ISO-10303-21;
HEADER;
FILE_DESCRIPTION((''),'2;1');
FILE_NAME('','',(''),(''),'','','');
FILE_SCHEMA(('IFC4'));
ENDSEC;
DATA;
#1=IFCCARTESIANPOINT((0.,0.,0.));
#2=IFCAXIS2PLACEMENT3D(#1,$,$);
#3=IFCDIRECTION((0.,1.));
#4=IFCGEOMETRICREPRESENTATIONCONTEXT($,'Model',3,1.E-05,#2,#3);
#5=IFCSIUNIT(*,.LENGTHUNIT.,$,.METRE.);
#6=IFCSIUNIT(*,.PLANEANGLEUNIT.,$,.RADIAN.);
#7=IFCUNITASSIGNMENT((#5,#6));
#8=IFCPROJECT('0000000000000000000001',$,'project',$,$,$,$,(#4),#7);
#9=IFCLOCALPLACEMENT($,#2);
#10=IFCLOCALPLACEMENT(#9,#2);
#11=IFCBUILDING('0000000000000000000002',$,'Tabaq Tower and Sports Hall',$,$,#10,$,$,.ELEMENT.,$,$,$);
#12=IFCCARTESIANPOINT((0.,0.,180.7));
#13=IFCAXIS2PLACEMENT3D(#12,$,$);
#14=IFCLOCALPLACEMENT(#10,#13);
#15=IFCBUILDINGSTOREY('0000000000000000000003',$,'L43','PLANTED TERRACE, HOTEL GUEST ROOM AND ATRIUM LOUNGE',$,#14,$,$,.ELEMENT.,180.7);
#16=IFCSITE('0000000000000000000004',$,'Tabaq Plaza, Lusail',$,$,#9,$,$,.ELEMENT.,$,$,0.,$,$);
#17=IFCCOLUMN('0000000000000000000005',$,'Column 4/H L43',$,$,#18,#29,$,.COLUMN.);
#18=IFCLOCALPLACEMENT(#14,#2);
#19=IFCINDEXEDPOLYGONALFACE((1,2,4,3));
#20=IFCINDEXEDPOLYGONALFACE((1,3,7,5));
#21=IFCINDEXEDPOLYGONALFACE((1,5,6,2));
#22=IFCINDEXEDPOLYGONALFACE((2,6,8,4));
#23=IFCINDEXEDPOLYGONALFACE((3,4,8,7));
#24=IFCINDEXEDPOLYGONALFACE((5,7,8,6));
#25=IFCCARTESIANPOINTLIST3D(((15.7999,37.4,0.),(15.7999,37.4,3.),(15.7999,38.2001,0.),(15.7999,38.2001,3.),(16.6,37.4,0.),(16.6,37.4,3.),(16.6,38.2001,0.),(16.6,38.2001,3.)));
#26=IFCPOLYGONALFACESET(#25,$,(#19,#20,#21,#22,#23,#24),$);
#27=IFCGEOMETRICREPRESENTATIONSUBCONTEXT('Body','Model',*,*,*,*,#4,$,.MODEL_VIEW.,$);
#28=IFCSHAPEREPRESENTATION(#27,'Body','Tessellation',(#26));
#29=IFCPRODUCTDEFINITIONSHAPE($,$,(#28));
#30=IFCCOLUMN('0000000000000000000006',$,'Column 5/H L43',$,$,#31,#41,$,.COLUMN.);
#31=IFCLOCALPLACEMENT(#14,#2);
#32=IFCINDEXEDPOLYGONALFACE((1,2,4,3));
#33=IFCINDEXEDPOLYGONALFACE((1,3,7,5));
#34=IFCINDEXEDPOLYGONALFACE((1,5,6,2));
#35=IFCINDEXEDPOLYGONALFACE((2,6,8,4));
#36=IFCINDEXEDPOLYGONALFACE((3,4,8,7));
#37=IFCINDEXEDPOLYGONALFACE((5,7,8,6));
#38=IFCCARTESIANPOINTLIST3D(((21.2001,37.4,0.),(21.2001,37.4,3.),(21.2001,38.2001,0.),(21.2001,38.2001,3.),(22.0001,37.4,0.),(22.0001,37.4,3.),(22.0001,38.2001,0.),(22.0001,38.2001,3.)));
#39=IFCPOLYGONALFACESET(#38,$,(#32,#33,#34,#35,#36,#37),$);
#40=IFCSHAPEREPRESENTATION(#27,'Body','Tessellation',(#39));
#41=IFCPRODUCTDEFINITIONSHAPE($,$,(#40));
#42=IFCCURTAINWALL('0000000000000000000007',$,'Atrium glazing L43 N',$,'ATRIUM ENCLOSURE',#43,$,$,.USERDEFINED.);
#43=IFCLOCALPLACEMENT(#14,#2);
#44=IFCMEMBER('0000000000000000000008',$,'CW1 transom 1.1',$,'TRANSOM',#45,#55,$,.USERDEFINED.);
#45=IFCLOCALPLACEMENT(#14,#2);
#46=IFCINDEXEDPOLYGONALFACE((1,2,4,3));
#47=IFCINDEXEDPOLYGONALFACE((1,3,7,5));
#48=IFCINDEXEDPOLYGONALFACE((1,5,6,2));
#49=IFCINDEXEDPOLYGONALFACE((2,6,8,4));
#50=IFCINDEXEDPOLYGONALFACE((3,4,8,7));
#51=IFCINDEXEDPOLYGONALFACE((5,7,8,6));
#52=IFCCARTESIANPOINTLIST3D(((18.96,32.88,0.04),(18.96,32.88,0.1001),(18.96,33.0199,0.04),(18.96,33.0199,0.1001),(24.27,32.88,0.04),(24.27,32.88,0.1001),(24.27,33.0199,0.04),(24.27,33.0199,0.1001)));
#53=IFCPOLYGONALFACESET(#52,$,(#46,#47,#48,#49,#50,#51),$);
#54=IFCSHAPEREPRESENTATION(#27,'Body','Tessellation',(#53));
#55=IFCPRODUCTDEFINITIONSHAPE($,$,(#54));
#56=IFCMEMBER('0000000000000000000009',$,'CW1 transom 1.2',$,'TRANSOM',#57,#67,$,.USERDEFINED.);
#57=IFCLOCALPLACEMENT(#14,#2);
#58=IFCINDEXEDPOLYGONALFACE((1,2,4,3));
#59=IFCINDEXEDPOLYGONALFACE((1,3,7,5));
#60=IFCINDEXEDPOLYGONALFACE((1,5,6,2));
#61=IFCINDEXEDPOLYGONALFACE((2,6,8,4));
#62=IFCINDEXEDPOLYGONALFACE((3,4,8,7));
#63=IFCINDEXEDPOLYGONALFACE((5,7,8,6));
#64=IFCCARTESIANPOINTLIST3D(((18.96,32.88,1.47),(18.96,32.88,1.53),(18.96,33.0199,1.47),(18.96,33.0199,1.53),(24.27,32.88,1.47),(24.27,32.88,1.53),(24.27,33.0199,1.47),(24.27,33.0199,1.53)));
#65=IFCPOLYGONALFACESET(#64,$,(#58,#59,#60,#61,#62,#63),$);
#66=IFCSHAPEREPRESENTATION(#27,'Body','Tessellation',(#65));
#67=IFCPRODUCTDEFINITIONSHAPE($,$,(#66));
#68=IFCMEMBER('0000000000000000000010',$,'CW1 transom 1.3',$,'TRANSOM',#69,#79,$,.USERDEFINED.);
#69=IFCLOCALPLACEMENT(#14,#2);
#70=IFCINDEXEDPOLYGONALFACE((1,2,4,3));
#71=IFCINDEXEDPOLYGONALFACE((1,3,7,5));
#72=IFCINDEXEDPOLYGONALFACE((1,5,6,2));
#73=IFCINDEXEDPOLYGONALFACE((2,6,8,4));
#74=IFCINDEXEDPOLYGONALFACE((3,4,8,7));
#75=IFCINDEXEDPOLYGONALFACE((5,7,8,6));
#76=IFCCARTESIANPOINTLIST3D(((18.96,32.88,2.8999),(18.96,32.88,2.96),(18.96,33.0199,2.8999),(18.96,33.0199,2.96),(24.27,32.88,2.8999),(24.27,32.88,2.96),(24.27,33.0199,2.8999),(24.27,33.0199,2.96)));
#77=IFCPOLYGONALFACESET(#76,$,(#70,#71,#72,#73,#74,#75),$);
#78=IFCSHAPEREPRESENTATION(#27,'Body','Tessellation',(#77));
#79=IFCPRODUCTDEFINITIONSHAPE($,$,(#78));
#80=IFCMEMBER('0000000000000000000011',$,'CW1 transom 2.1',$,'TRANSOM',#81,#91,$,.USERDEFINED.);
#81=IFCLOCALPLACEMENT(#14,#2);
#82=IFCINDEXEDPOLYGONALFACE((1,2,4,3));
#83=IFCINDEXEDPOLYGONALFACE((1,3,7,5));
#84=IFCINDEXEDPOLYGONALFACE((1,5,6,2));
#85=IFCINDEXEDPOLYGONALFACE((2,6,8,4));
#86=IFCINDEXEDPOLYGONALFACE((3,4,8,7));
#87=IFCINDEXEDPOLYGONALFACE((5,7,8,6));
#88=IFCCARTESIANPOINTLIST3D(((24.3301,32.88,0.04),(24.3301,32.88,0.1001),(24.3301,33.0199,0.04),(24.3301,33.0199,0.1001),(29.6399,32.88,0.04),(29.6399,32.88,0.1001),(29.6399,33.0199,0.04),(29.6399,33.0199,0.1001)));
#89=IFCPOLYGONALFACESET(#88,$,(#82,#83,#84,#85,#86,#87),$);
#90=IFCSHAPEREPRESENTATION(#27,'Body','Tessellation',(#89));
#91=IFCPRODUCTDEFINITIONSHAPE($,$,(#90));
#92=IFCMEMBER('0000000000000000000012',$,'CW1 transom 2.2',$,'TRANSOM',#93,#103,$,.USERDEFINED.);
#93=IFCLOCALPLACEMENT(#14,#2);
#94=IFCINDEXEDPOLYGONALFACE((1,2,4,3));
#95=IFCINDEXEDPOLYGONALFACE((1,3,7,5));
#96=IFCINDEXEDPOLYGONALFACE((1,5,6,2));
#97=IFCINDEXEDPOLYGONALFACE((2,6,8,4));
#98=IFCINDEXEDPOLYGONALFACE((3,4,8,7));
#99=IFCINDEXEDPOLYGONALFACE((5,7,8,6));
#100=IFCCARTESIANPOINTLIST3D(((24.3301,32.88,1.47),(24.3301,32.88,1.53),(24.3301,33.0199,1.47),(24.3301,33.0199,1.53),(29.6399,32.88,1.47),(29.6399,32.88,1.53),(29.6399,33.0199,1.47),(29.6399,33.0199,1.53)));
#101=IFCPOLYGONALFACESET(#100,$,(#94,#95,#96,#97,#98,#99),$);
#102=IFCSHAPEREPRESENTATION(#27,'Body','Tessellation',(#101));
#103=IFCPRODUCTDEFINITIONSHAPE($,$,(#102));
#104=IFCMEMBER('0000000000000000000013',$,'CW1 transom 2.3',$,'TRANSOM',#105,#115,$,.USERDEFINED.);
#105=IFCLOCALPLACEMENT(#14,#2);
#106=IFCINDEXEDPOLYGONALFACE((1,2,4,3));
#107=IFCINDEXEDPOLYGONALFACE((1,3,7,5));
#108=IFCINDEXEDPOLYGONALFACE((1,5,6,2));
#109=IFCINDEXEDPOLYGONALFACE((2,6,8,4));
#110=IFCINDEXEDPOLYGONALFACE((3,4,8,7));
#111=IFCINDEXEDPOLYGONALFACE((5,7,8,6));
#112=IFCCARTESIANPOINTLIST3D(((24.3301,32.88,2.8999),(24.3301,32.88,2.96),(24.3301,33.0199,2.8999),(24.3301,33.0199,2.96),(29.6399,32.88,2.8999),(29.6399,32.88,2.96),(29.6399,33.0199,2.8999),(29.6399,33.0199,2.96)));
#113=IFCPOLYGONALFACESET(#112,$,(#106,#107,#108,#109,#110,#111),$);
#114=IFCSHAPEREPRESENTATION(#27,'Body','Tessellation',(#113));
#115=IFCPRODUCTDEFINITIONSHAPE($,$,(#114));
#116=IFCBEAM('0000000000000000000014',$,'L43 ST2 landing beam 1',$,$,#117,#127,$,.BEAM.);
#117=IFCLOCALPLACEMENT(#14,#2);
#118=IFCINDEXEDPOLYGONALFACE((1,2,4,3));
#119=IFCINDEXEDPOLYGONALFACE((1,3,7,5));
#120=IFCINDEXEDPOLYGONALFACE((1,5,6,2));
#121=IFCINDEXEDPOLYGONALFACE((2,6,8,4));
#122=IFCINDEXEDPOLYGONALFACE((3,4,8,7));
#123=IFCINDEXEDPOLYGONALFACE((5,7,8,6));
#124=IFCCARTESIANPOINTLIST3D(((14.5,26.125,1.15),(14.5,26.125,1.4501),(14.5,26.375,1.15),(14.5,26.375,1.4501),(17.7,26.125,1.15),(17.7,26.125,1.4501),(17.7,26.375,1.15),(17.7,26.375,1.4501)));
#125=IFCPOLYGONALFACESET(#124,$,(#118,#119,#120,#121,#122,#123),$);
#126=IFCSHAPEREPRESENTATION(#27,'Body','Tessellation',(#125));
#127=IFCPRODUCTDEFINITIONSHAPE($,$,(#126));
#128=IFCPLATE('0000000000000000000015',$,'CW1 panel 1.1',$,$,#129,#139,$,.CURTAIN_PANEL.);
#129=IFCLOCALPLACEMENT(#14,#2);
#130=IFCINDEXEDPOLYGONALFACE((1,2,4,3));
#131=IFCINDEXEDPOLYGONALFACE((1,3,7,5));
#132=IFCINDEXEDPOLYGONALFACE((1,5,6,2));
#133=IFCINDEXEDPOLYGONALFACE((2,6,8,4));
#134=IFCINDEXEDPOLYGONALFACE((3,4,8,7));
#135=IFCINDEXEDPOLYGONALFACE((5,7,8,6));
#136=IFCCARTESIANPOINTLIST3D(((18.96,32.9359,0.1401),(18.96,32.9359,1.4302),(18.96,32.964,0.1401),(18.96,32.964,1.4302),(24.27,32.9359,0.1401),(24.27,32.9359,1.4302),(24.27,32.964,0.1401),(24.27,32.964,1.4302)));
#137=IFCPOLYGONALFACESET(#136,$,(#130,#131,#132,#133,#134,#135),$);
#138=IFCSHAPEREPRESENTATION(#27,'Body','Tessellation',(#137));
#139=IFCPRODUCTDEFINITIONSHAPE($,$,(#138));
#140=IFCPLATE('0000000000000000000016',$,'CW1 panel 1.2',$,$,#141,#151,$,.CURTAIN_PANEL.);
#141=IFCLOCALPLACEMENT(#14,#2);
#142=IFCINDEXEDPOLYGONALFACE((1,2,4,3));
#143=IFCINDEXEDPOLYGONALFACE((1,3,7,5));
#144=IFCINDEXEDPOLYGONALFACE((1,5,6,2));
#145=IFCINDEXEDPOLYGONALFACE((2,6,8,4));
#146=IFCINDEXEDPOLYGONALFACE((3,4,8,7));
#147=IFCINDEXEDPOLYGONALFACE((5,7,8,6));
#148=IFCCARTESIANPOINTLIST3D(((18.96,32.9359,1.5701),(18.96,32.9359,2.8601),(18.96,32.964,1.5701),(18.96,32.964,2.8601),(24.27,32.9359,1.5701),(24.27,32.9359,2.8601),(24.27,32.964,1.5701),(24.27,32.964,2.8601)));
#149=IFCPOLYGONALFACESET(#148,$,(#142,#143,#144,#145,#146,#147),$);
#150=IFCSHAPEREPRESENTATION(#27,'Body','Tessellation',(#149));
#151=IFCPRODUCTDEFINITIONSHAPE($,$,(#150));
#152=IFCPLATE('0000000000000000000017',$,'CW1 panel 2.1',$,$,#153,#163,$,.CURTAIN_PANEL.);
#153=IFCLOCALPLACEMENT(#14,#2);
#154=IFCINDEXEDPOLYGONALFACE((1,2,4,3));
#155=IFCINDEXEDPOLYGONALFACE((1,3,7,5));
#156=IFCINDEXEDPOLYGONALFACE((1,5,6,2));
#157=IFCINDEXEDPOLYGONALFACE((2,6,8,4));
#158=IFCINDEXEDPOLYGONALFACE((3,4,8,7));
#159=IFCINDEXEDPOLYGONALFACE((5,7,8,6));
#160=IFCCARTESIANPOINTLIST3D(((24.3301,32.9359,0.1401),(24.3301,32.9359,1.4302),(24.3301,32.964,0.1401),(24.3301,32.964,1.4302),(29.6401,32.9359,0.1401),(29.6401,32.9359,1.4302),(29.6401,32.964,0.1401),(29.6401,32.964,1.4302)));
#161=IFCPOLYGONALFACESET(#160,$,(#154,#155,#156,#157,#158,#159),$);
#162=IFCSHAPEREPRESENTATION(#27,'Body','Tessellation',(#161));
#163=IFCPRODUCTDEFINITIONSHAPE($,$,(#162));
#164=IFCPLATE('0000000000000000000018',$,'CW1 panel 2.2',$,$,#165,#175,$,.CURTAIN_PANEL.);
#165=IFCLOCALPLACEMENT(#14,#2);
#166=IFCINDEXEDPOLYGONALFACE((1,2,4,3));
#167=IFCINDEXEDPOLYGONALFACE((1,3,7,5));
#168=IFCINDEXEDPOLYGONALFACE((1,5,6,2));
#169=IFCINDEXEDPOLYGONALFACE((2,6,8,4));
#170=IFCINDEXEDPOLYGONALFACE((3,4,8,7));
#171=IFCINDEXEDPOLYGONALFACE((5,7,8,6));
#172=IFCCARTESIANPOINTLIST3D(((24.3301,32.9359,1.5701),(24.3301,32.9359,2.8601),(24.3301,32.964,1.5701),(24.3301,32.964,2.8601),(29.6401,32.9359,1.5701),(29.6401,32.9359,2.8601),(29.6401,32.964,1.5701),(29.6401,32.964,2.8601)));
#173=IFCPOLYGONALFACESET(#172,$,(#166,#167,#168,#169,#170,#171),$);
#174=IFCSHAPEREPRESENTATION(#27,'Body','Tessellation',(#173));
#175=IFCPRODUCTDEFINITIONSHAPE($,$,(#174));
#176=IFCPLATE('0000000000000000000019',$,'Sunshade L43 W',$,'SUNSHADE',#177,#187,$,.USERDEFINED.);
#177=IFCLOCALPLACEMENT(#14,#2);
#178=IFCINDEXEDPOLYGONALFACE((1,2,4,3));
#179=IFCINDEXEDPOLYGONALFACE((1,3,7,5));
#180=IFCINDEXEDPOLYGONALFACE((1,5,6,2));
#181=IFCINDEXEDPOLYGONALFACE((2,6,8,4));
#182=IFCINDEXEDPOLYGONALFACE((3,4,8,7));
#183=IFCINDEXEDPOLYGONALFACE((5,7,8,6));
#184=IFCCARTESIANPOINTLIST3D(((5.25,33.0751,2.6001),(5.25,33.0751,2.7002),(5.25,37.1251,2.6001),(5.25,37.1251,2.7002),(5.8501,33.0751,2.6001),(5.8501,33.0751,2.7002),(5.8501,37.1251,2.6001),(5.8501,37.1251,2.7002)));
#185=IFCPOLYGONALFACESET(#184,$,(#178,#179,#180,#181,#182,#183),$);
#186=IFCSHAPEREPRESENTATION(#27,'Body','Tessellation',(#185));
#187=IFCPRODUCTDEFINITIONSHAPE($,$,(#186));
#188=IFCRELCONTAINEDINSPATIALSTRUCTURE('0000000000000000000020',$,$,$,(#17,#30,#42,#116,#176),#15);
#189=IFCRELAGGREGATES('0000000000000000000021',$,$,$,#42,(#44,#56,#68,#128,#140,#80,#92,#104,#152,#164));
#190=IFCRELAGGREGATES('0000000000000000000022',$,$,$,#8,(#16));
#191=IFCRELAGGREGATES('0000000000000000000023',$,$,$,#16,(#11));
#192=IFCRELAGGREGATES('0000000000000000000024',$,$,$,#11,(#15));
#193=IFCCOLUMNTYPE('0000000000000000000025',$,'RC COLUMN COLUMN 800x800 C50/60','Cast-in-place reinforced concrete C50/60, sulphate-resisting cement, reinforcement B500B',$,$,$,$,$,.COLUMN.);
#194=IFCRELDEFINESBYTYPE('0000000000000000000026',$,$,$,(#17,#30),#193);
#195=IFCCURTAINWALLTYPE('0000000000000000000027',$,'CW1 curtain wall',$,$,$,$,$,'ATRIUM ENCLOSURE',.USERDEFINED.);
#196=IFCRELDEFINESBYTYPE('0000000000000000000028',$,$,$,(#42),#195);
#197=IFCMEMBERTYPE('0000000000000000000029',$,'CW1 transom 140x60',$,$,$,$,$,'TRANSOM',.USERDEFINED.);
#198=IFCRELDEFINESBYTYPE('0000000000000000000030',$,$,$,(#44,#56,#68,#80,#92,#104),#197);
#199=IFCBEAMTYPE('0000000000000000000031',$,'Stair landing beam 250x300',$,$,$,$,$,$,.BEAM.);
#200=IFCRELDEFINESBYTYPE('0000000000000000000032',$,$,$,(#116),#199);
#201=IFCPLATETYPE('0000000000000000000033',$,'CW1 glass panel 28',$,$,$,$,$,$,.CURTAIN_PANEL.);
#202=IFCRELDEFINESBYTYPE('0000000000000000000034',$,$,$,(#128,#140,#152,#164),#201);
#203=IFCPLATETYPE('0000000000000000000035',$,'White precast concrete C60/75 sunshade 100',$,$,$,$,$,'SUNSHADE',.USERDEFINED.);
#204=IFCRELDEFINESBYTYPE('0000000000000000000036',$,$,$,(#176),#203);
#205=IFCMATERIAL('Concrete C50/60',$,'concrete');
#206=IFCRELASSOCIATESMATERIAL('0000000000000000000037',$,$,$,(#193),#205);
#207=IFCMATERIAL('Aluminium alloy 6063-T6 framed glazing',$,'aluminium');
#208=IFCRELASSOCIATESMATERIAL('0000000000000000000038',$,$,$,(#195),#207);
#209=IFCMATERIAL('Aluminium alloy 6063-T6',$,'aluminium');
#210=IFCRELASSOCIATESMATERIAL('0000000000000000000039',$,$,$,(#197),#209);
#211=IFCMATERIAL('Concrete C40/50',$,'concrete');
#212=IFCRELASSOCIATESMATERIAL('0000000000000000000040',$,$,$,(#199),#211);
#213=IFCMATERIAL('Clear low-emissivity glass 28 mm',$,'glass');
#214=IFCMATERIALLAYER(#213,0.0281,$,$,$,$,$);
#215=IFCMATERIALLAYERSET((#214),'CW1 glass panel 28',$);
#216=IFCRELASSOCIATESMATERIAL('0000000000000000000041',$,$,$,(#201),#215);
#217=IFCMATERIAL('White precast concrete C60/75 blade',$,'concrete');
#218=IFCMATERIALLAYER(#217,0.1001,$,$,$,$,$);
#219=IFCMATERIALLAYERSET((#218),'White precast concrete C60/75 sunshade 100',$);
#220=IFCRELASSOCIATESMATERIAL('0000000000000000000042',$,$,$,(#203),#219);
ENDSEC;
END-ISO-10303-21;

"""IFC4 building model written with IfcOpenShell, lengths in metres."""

from ifc_helpers import new_model, si_unit, direction, frame, origin, origin_2d, place, context, subcontext, project, spatial, rectangle, extrude, material, layer, layer_set, material_profile, profile_set, type_object, element, aggregate, save


model = new_model("IFC4")

# Units and contexts
model_context = context("Model", 3, precision=1e-05, world=origin(), true_north=direction((0.0, 1.0)))
body_context = subcontext(model_context, "Body", "Model", "MODEL_VIEW")
ifc_project = project(units=[si_unit("LENGTHUNIT", "METRE"), si_unit("PLANEANGLEUNIT", "RADIAN")], contexts=[model_context])

# Site, building, storey
site_placement = place(None, origin())
site = spatial("IfcSite", under=ifc_project, at=site_placement, Name="Tabaq Plaza, Lusail", CompositionType="ELEMENT", RefElevation=0.0)
building_placement = place(site_placement, origin())
building = spatial("IfcBuilding", under=site, at=building_placement, Name="Tabaq Tower and Sports Hall", CompositionType="ELEMENT")
storey_placement = place(building_placement, frame((0.0, 0.0, 180.7)))
storey = spatial("IfcBuildingStorey", under=building, at=storey_placement, Name="L43", Description="PLANTED TERRACE, HOTEL GUEST ROOM AND ATRIUM LOUNGE", CompositionType="ELEMENT", Elevation=180.7)

# Columns
ifc_material_1 = material(Name="Concrete C50/60", Category="concrete")
ifc_material_profile_1 = material_profile(ifc_material_1, rectangle(XDim=0.8, YDim=0.8, at=origin_2d()), Name="COLUMN 800x800")
ifc_profile_set_1 = profile_set([ifc_material_profile_1], Name="Concrete C50/60")
column_type = type_object("IfcColumnType", Name="RC COLUMN COLUMN 800x800 C50/60", Description="Cast-in-place reinforced concrete C50/60, sulphate-resisting cement, reinforcement B500B", PredefinedType="COLUMN", material=ifc_profile_set_1)
for number, where, z_axis, x_axis, name in (
    (1, (16.2, 37.8, 0.0), (0.0, 0.0, 1.0), (1.0, 0.0, 0.0), "Column 4/H L43"),
    (2, (21.6001, 37.8, 0.0), (0.0, 0.0, 1.0), (1.0, 0.0, 0.0), "Column 5/H L43"),
):
    element("IfcColumn", number, at=place(storey_placement, frame(where, z_axis=z_axis, x_axis=x_axis)), inside=storey, type_object=column_type, Name=name, PredefinedType="COLUMN", context=body_context, shape_type="SweptSolid", body=[
        extrude(rectangle(XDim=0.8, YDim=0.8, at=origin_2d()), origin(), (0.0, 0.0, 1.0), 3.0),
    ])

# Curtain wall, members
ifc_material_2 = material(Name="Aluminium alloy 6063-T6 framed glazing", Category="aluminium")
curtain_wall_type = type_object("IfcCurtainWallType", Name="CW1 curtain wall", ElementType="ATRIUM ENCLOSURE", PredefinedType="USERDEFINED", material=ifc_material_2)
curtain_wall_placement = place(storey_placement, origin())
curtain_wall = element("IfcCurtainWall", 3, at=curtain_wall_placement, inside=storey, type_object=curtain_wall_type, Name="Atrium glazing L43 N", ObjectType="ATRIUM ENCLOSURE", PredefinedType="USERDEFINED")
ifc_material_3 = material(Name="Aluminium alloy 6063-T6", Category="aluminium")
ifc_material_profile_2 = material_profile(ifc_material_3, rectangle(XDim=0.1399, YDim=0.0601, at=origin_2d()), Name="TRANSOM 140x60")
ifc_profile_set_2 = profile_set([ifc_material_profile_2], Name="Aluminium alloy 6063-T6")
member_type = type_object("IfcMemberType", Name="CW1 transom 140x60", ElementType="TRANSOM", PredefinedType="USERDEFINED", material=ifc_profile_set_2)
member_1_placement = place(storey_placement, frame((18.96, 32.95, 0.0701), z_axis=(1.0, 0.0, 0.0), x_axis=(0.0, 1.0, 0.0)))
member_1 = element("IfcMember", 4, at=member_1_placement, type_object=member_type, Name="CW1 transom 1.1", ObjectType="TRANSOM", PredefinedType="USERDEFINED", context=body_context, shape_type="SweptSolid", body=[
    extrude(rectangle(XDim=0.1399, YDim=0.0601, at=origin_2d()), origin(), (0.0, 0.0, 1.0), 5.3101),
])
member_2_placement = place(storey_placement, frame((18.96, 32.95, 1.5), z_axis=(1.0, 0.0, 0.0), x_axis=(0.0, 1.0, 0.0)))
member_2 = element("IfcMember", 5, at=member_2_placement, type_object=member_type, Name="CW1 transom 1.2", ObjectType="TRANSOM", PredefinedType="USERDEFINED", context=body_context, shape_type="SweptSolid", body=[
    extrude(rectangle(XDim=0.1399, YDim=0.0601, at=origin_2d()), origin(), (0.0, 0.0, 1.0), 5.3101),
])
member_3_placement = place(storey_placement, frame((18.96, 32.95, 2.9299), z_axis=(1.0, 0.0, 0.0), x_axis=(0.0, 1.0, 0.0)))
member_3 = element("IfcMember", 6, at=member_3_placement, type_object=member_type, Name="CW1 transom 1.3", ObjectType="TRANSOM", PredefinedType="USERDEFINED", context=body_context, shape_type="SweptSolid", body=[
    extrude(rectangle(XDim=0.1399, YDim=0.0601, at=origin_2d()), origin(), (0.0, 0.0, 1.0), 5.3101),
])
member_4_placement = place(storey_placement, frame((24.3301, 32.95, 0.0701), z_axis=(1.0, 0.0, 0.0), x_axis=(0.0, 1.0, 0.0)))
member_4 = element("IfcMember", 7, at=member_4_placement, type_object=member_type, Name="CW1 transom 2.1", ObjectType="TRANSOM", PredefinedType="USERDEFINED", context=body_context, shape_type="SweptSolid", body=[
    extrude(rectangle(XDim=0.1399, YDim=0.0601, at=origin_2d()), origin(), (0.0, 0.0, 1.0), 5.3098),
])
member_5_placement = place(storey_placement, frame((24.3301, 32.95, 1.5), z_axis=(1.0, 0.0, 0.0), x_axis=(0.0, 1.0, 0.0)))
member_5 = element("IfcMember", 8, at=member_5_placement, type_object=member_type, Name="CW1 transom 2.2", ObjectType="TRANSOM", PredefinedType="USERDEFINED", context=body_context, shape_type="SweptSolid", body=[
    extrude(rectangle(XDim=0.1399, YDim=0.0601, at=origin_2d()), origin(), (0.0, 0.0, 1.0), 5.3098),
])
member_6_placement = place(storey_placement, frame((24.3301, 32.95, 2.9299), z_axis=(1.0, 0.0, 0.0), x_axis=(0.0, 1.0, 0.0)))
member_6 = element("IfcMember", 9, at=member_6_placement, type_object=member_type, Name="CW1 transom 2.3", ObjectType="TRANSOM", PredefinedType="USERDEFINED", context=body_context, shape_type="SweptSolid", body=[
    extrude(rectangle(XDim=0.1399, YDim=0.0601, at=origin_2d()), origin(), (0.0, 0.0, 1.0), 5.3098),
])

# Beam
ifc_material_4 = material(Name="Concrete C40/50", Category="concrete")
ifc_material_profile_3 = material_profile(ifc_material_4, rectangle(XDim=0.25, YDim=0.3, at=origin_2d()), Name="RC 250x300")
ifc_profile_set_3 = profile_set([ifc_material_profile_3], Name="Concrete C40/50")
beam_type = type_object("IfcBeamType", Name="Stair landing beam 250x300", PredefinedType="BEAM", material=ifc_profile_set_3)
beam_placement = place(storey_placement, frame((14.5, 26.25, 1.3), z_axis=(1.0, 0.0, 0.0), x_axis=(0.0, 1.0, 0.0)))
element("IfcBeam", 10, at=beam_placement, inside=storey, type_object=beam_type, Name="L43 ST2 landing beam 1", PredefinedType="BEAM", context=body_context, shape_type="SweptSolid", body=[
    extrude(rectangle(XDim=0.25, YDim=0.3, at=origin_2d()), origin(), (0.0, 0.0, 1.0), 3.2),
])

# Plates
ifc_material_5 = material(Name="Clear low-emissivity glass 28 mm", Category="glass")
ifc_layer_1 = layer(ifc_material_5, 0.0281)
ifc_layer_set_1 = layer_set([ifc_layer_1], Name="CW1 glass panel 28")
plate_type_1 = type_object("IfcPlateType", Name="CW1 glass panel 28", PredefinedType="CURTAIN_PANEL", material=ifc_layer_set_1)
plate_1_placement = place(storey_placement, frame((21.615, 32.95, 0.1401), z_axis=(0.0, 0.0, 1.0), x_axis=(1.0, 0.0, 0.0)))
plate_1 = element("IfcPlate", 11, at=plate_1_placement, type_object=plate_type_1, Name="CW1 panel 1.1", PredefinedType="CURTAIN_PANEL", context=body_context, shape_type="SweptSolid", body=[
    extrude(rectangle(XDim=5.3101, YDim=0.0281, at=origin_2d()), origin(), (0.0, 0.0, 1.0), 1.29),
])
plate_2_placement = place(storey_placement, frame((21.615, 32.95, 1.5701), z_axis=(0.0, 0.0, 1.0), x_axis=(1.0, 0.0, 0.0)))
plate_2 = element("IfcPlate", 12, at=plate_2_placement, type_object=plate_type_1, Name="CW1 panel 1.2", PredefinedType="CURTAIN_PANEL", context=body_context, shape_type="SweptSolid", body=[
    extrude(rectangle(XDim=5.3101, YDim=0.0281, at=origin_2d()), origin(), (0.0, 0.0, 1.0), 1.29),
])
plate_3_placement = place(storey_placement, frame((26.9851, 32.95, 0.1401), z_axis=(0.0, 0.0, 1.0), x_axis=(1.0, 0.0, 0.0)))
plate_3 = element("IfcPlate", 13, at=plate_3_placement, type_object=plate_type_1, Name="CW1 panel 2.1", PredefinedType="CURTAIN_PANEL", context=body_context, shape_type="SweptSolid", body=[
    extrude(rectangle(XDim=5.3101, YDim=0.0281, at=origin_2d()), origin(), (0.0, 0.0, 1.0), 1.29),
])
plate_4_placement = place(storey_placement, frame((26.9851, 32.95, 1.5701), z_axis=(0.0, 0.0, 1.0), x_axis=(1.0, 0.0, 0.0)))
plate_4 = element("IfcPlate", 14, at=plate_4_placement, type_object=plate_type_1, Name="CW1 panel 2.2", PredefinedType="CURTAIN_PANEL", context=body_context, shape_type="SweptSolid", body=[
    extrude(rectangle(XDim=5.3101, YDim=0.0281, at=origin_2d()), origin(), (0.0, 0.0, 1.0), 1.29),
])
aggregate(curtain_wall, [member_1, member_2, member_3, plate_1, plate_2, member_4, member_5, member_6, plate_3, plate_4])

# Plate
ifc_material_6 = material(Name="White precast concrete C60/75 blade", Category="concrete")
ifc_layer_2 = layer(ifc_material_6, 0.1001)
ifc_layer_set_2 = layer_set([ifc_layer_2], Name="White precast concrete C60/75 sunshade 100")
plate_type_2 = type_object("IfcPlateType", Name="White precast concrete C60/75 sunshade 100", ElementType="SUNSHADE", PredefinedType="USERDEFINED", material=ifc_layer_set_2)
plate_5_placement = place(storey_placement, frame((5.55, 35.1001, 2.6001), z_axis=(0.0, 0.0, 1.0), x_axis=(0.0, -1.0, 0.0)))
element("IfcPlate", 15, at=plate_5_placement, inside=storey, type_object=plate_type_2, Name="Sunshade L43 W", ObjectType="SUNSHADE", PredefinedType="USERDEFINED", context=body_context, shape_type="SweptSolid", body=[
    extrude(rectangle(XDim=4.05, YDim=0.6001, at=origin_2d()), origin(), (0.0, 0.0, 1.0), 0.1001),
])

save(model, "model.ifc")
